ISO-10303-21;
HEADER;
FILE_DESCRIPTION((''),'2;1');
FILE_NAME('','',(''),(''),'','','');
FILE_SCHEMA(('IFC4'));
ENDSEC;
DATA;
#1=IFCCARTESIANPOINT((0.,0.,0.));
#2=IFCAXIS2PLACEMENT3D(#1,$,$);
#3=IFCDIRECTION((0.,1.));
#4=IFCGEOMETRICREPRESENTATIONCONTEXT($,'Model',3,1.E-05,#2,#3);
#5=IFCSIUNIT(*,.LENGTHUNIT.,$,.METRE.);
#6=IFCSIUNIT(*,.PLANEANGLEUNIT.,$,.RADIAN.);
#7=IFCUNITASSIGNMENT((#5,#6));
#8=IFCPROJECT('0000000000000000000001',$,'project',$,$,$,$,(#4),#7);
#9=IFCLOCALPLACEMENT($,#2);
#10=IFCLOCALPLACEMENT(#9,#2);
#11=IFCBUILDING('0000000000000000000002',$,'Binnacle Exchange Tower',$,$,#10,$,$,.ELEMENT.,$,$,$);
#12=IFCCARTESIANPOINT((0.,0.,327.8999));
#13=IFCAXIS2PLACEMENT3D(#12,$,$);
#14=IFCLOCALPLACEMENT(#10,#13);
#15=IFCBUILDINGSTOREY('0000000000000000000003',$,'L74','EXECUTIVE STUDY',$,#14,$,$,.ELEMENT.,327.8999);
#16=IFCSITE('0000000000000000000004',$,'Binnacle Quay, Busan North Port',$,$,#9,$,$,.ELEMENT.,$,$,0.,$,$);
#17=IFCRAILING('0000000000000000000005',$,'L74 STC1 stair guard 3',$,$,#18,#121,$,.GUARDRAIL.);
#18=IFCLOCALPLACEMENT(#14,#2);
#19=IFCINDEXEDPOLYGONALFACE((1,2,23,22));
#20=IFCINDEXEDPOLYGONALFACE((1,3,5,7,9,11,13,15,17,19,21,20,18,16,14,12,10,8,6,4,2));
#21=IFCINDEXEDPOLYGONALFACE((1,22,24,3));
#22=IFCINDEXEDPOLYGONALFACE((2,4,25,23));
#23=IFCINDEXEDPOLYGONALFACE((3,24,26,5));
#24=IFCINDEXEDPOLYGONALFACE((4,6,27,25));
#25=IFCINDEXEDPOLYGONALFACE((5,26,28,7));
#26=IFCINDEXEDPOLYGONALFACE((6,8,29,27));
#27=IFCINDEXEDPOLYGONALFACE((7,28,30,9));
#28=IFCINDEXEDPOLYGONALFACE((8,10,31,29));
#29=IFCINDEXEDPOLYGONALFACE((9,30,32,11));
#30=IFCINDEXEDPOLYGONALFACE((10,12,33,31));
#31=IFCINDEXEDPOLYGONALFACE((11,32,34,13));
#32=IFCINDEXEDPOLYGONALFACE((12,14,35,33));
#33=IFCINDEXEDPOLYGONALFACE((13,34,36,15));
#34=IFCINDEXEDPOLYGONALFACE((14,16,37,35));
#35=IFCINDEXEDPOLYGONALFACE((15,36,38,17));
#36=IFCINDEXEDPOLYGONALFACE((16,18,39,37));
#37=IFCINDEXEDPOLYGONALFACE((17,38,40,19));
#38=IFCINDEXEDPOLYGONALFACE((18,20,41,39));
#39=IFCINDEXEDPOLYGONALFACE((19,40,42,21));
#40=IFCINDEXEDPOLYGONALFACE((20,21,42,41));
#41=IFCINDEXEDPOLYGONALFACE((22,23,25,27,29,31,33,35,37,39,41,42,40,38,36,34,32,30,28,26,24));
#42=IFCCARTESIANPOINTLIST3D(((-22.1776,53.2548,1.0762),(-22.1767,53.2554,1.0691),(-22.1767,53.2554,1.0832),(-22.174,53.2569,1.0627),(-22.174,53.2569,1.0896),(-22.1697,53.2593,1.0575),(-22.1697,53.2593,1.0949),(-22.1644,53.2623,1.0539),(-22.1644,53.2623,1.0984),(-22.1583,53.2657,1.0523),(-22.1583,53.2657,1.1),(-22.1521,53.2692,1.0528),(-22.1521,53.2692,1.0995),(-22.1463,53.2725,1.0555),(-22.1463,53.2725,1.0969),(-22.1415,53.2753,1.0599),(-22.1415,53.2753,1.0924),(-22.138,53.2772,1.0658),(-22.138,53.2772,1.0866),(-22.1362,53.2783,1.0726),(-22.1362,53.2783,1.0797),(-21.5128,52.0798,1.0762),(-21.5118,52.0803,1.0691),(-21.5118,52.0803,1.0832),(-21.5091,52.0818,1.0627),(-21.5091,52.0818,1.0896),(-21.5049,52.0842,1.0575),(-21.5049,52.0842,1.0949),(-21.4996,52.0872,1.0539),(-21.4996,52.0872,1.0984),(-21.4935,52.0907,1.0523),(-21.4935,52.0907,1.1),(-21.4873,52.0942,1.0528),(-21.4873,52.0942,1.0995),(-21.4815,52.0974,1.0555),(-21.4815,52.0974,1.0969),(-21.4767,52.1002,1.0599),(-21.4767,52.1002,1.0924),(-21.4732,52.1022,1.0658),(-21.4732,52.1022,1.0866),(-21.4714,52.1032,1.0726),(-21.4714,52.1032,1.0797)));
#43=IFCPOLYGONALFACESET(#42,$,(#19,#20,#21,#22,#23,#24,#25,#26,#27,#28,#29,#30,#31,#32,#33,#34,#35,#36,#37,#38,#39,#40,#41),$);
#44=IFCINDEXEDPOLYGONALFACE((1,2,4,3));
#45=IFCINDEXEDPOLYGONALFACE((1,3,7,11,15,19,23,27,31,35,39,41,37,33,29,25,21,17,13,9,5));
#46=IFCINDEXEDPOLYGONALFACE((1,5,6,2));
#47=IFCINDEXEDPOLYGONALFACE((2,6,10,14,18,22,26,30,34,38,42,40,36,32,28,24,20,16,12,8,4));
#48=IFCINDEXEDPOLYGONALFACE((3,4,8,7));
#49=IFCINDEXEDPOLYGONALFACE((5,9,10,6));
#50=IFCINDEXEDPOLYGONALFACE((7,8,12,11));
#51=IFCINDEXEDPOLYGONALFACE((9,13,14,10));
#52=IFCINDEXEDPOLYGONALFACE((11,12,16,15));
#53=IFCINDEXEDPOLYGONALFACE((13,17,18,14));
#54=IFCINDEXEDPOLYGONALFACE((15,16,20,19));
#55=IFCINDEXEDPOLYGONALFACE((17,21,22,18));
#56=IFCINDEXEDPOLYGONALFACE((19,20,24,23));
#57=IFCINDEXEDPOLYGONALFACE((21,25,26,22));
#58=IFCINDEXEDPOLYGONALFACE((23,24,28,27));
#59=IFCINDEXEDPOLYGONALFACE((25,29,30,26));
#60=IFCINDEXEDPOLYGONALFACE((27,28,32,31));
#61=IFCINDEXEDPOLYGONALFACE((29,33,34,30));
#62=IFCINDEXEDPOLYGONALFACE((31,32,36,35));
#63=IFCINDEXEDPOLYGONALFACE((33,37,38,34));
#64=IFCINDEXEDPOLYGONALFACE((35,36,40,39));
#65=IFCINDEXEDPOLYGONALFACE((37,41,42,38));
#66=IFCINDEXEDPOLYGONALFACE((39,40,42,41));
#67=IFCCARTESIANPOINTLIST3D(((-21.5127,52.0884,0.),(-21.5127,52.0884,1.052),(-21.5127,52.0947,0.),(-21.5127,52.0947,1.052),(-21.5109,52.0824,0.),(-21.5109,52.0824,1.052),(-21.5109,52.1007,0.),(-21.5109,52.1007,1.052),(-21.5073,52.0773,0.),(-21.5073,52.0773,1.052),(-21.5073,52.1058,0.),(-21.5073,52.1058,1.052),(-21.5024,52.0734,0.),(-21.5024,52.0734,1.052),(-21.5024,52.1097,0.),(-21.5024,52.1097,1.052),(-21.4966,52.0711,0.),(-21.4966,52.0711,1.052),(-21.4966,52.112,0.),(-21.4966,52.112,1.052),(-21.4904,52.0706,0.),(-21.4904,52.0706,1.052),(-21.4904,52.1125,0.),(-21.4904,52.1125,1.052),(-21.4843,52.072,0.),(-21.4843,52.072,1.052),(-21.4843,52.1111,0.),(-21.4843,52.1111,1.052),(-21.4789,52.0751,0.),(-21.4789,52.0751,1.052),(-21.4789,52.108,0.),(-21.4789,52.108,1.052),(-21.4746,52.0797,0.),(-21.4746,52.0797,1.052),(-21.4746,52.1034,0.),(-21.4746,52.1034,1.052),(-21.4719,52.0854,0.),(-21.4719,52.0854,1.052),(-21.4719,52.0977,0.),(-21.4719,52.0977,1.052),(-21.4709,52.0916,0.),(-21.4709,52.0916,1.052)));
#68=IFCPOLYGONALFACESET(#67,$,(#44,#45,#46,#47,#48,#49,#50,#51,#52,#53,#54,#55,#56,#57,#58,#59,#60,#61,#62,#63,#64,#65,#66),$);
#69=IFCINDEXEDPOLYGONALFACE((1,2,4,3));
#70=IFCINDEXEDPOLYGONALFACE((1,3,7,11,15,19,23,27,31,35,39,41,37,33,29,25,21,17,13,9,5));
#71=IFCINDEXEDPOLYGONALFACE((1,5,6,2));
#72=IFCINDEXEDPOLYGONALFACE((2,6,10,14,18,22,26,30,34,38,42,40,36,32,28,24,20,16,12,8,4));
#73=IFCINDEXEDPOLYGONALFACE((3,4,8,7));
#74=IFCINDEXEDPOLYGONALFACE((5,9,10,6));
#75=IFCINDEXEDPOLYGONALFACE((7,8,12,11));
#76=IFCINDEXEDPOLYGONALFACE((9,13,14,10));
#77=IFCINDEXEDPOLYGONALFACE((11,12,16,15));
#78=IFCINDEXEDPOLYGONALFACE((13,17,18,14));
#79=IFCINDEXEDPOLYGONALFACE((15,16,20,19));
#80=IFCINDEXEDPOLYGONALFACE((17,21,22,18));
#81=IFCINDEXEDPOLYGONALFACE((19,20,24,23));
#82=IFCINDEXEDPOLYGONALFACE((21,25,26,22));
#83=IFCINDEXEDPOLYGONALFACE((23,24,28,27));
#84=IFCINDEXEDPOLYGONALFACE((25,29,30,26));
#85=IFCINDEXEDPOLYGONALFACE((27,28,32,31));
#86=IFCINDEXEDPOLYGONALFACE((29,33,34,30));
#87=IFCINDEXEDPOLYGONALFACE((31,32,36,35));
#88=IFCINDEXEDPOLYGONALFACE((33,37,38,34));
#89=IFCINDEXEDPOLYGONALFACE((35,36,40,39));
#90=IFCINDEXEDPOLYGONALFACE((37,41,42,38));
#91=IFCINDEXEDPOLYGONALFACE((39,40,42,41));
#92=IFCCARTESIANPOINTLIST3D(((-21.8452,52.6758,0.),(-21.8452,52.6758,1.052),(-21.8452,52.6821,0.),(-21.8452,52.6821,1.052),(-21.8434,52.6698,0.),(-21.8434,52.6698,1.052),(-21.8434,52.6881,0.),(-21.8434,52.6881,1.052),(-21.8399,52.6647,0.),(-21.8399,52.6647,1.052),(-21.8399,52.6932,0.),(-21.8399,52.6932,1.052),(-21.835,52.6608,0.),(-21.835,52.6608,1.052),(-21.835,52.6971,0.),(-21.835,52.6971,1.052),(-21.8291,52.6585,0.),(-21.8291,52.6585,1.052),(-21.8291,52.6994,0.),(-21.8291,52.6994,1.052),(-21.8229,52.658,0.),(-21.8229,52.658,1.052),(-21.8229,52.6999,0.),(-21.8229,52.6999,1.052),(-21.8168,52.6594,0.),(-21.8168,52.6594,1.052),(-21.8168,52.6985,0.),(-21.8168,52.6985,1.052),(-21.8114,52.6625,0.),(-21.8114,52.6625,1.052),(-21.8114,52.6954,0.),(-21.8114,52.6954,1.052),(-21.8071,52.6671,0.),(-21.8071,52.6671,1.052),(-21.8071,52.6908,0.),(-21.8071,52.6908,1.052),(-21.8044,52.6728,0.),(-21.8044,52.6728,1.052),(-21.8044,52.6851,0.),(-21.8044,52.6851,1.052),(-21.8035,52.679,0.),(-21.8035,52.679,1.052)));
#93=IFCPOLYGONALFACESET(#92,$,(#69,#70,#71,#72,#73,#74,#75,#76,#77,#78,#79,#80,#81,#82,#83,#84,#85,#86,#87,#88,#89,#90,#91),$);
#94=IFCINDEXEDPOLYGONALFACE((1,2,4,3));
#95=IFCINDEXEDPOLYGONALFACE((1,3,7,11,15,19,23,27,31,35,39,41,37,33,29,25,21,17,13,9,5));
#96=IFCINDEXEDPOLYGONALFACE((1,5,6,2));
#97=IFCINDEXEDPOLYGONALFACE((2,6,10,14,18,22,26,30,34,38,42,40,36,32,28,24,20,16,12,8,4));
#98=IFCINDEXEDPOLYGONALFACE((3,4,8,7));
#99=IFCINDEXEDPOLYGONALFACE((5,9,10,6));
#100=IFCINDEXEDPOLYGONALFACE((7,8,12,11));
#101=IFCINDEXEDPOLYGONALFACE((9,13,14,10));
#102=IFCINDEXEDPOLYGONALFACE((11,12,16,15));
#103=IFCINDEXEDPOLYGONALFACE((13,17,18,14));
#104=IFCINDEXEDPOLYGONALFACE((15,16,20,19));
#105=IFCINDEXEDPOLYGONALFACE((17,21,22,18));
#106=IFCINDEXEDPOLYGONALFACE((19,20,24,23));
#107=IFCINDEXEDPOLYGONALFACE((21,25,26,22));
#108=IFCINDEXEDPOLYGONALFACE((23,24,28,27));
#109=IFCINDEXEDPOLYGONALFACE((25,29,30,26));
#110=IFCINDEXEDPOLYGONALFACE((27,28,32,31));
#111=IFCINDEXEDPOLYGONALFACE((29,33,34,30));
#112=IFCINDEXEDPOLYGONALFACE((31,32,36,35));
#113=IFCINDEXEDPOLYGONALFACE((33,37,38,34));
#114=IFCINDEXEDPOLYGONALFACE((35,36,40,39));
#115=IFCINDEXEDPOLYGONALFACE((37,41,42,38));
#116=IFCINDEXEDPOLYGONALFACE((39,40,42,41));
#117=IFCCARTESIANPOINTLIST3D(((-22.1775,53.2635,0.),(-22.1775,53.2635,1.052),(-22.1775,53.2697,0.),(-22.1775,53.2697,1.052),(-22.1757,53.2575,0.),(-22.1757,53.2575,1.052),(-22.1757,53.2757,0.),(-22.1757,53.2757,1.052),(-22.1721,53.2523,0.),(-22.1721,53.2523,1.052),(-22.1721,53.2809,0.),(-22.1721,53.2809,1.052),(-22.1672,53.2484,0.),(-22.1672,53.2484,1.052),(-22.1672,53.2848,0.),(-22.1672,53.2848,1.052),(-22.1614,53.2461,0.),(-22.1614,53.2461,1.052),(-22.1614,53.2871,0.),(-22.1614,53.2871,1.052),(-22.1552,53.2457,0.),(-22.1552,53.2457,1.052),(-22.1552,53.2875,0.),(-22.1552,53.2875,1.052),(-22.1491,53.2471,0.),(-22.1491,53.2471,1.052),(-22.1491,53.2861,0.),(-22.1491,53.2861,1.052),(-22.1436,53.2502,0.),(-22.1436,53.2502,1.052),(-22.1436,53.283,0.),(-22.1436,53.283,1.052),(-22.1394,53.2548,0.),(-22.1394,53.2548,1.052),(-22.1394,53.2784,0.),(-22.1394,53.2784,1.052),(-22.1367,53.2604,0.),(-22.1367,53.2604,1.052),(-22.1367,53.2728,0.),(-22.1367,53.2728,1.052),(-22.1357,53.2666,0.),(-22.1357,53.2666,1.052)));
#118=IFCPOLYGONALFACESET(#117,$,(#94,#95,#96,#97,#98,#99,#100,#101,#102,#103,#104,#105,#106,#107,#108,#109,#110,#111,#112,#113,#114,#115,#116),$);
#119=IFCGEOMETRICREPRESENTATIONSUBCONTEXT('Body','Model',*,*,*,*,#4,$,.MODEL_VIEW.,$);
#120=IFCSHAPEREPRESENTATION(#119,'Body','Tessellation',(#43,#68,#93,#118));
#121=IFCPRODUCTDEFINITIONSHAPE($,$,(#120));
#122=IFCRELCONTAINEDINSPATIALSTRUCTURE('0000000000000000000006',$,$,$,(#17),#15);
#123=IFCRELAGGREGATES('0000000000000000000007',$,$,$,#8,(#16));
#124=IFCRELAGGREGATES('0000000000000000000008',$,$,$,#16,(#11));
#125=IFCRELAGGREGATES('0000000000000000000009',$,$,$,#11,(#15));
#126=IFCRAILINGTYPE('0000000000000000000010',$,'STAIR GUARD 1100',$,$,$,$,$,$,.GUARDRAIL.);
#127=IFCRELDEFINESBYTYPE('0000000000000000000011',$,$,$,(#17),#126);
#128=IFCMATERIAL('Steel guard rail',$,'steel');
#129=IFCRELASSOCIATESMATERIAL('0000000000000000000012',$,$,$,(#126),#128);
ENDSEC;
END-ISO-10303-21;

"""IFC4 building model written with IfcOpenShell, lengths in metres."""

from ifc_helpers import new_model, si_unit, direction, frame, origin, origin_2d, place, context, subcontext, project, spatial, circle, extrude, material, type_object, element, save


model = new_model("IFC4")

# Units and contexts
model_context = context("Model", 3, precision=1e-05, world=origin(), true_north=direction((0.0, 1.0)))
body_context = subcontext(model_context, "Body", "Model", "MODEL_VIEW")
ifc_project = project(units=[si_unit("LENGTHUNIT", "METRE"), si_unit("PLANEANGLEUNIT", "RADIAN")], contexts=[model_context])

# Site, building, storey
site_placement = place(None, origin())
site = spatial("IfcSite", under=ifc_project, at=site_placement, Name="Binnacle Quay, Busan North Port", CompositionType="ELEMENT", RefElevation=0.0)
building_placement = place(site_placement, origin())
building = spatial("IfcBuilding", under=site, at=building_placement, Name="Binnacle Exchange Tower", CompositionType="ELEMENT")
storey_placement = place(building_placement, frame((0.0, 0.0, 327.8999)))
storey = spatial("IfcBuildingStorey", under=building, at=storey_placement, Name="L74", Description="EXECUTIVE STUDY", CompositionType="ELEMENT", Elevation=327.8999)

# Railing
ifc_material_1 = material(Name="Steel guard rail", Category="steel")
railing_type_1 = type_object("IfcRailingType", Name="STAIR GUARD 1100", PredefinedType="GUARDRAIL", material=ifc_material_1)
railing_1_placement = place(storey_placement, frame((-21.4919, 52.0916, 0.0)))
element("IfcRailing", 1, at=railing_1_placement, inside=storey, type_object=railing_type_1, Name="L74 STC1 stair guard 3", PredefinedType="GUARDRAIL", context=body_context, shape_type="SweptSolid", body=[
    extrude(circle(Radius=0.0239, at=origin_2d()), frame((0.0, 0.0, 1.0762), z_axis=(-0.492415, 0.870361, 0.0), x_axis=(-0.870361, -0.492415, 0.0)), (0.0, 0.0, 1.0), 1.3501),
    extrude(circle(Radius=0.021, at=origin_2d()), origin(), (0.0, 0.0, 1.0), 1.052),
    extrude(circle(Radius=0.021, at=origin_2d()), frame((-0.3325, 0.5874, 0.0)), (0.0, 0.0, 1.0), 1.052),
    extrude(circle(Radius=0.021, at=origin_2d()), frame((-0.6648, 1.175, 0.0)), (0.0, 0.0, 1.0), 1.052),
])

save(model, "model.ifc")
